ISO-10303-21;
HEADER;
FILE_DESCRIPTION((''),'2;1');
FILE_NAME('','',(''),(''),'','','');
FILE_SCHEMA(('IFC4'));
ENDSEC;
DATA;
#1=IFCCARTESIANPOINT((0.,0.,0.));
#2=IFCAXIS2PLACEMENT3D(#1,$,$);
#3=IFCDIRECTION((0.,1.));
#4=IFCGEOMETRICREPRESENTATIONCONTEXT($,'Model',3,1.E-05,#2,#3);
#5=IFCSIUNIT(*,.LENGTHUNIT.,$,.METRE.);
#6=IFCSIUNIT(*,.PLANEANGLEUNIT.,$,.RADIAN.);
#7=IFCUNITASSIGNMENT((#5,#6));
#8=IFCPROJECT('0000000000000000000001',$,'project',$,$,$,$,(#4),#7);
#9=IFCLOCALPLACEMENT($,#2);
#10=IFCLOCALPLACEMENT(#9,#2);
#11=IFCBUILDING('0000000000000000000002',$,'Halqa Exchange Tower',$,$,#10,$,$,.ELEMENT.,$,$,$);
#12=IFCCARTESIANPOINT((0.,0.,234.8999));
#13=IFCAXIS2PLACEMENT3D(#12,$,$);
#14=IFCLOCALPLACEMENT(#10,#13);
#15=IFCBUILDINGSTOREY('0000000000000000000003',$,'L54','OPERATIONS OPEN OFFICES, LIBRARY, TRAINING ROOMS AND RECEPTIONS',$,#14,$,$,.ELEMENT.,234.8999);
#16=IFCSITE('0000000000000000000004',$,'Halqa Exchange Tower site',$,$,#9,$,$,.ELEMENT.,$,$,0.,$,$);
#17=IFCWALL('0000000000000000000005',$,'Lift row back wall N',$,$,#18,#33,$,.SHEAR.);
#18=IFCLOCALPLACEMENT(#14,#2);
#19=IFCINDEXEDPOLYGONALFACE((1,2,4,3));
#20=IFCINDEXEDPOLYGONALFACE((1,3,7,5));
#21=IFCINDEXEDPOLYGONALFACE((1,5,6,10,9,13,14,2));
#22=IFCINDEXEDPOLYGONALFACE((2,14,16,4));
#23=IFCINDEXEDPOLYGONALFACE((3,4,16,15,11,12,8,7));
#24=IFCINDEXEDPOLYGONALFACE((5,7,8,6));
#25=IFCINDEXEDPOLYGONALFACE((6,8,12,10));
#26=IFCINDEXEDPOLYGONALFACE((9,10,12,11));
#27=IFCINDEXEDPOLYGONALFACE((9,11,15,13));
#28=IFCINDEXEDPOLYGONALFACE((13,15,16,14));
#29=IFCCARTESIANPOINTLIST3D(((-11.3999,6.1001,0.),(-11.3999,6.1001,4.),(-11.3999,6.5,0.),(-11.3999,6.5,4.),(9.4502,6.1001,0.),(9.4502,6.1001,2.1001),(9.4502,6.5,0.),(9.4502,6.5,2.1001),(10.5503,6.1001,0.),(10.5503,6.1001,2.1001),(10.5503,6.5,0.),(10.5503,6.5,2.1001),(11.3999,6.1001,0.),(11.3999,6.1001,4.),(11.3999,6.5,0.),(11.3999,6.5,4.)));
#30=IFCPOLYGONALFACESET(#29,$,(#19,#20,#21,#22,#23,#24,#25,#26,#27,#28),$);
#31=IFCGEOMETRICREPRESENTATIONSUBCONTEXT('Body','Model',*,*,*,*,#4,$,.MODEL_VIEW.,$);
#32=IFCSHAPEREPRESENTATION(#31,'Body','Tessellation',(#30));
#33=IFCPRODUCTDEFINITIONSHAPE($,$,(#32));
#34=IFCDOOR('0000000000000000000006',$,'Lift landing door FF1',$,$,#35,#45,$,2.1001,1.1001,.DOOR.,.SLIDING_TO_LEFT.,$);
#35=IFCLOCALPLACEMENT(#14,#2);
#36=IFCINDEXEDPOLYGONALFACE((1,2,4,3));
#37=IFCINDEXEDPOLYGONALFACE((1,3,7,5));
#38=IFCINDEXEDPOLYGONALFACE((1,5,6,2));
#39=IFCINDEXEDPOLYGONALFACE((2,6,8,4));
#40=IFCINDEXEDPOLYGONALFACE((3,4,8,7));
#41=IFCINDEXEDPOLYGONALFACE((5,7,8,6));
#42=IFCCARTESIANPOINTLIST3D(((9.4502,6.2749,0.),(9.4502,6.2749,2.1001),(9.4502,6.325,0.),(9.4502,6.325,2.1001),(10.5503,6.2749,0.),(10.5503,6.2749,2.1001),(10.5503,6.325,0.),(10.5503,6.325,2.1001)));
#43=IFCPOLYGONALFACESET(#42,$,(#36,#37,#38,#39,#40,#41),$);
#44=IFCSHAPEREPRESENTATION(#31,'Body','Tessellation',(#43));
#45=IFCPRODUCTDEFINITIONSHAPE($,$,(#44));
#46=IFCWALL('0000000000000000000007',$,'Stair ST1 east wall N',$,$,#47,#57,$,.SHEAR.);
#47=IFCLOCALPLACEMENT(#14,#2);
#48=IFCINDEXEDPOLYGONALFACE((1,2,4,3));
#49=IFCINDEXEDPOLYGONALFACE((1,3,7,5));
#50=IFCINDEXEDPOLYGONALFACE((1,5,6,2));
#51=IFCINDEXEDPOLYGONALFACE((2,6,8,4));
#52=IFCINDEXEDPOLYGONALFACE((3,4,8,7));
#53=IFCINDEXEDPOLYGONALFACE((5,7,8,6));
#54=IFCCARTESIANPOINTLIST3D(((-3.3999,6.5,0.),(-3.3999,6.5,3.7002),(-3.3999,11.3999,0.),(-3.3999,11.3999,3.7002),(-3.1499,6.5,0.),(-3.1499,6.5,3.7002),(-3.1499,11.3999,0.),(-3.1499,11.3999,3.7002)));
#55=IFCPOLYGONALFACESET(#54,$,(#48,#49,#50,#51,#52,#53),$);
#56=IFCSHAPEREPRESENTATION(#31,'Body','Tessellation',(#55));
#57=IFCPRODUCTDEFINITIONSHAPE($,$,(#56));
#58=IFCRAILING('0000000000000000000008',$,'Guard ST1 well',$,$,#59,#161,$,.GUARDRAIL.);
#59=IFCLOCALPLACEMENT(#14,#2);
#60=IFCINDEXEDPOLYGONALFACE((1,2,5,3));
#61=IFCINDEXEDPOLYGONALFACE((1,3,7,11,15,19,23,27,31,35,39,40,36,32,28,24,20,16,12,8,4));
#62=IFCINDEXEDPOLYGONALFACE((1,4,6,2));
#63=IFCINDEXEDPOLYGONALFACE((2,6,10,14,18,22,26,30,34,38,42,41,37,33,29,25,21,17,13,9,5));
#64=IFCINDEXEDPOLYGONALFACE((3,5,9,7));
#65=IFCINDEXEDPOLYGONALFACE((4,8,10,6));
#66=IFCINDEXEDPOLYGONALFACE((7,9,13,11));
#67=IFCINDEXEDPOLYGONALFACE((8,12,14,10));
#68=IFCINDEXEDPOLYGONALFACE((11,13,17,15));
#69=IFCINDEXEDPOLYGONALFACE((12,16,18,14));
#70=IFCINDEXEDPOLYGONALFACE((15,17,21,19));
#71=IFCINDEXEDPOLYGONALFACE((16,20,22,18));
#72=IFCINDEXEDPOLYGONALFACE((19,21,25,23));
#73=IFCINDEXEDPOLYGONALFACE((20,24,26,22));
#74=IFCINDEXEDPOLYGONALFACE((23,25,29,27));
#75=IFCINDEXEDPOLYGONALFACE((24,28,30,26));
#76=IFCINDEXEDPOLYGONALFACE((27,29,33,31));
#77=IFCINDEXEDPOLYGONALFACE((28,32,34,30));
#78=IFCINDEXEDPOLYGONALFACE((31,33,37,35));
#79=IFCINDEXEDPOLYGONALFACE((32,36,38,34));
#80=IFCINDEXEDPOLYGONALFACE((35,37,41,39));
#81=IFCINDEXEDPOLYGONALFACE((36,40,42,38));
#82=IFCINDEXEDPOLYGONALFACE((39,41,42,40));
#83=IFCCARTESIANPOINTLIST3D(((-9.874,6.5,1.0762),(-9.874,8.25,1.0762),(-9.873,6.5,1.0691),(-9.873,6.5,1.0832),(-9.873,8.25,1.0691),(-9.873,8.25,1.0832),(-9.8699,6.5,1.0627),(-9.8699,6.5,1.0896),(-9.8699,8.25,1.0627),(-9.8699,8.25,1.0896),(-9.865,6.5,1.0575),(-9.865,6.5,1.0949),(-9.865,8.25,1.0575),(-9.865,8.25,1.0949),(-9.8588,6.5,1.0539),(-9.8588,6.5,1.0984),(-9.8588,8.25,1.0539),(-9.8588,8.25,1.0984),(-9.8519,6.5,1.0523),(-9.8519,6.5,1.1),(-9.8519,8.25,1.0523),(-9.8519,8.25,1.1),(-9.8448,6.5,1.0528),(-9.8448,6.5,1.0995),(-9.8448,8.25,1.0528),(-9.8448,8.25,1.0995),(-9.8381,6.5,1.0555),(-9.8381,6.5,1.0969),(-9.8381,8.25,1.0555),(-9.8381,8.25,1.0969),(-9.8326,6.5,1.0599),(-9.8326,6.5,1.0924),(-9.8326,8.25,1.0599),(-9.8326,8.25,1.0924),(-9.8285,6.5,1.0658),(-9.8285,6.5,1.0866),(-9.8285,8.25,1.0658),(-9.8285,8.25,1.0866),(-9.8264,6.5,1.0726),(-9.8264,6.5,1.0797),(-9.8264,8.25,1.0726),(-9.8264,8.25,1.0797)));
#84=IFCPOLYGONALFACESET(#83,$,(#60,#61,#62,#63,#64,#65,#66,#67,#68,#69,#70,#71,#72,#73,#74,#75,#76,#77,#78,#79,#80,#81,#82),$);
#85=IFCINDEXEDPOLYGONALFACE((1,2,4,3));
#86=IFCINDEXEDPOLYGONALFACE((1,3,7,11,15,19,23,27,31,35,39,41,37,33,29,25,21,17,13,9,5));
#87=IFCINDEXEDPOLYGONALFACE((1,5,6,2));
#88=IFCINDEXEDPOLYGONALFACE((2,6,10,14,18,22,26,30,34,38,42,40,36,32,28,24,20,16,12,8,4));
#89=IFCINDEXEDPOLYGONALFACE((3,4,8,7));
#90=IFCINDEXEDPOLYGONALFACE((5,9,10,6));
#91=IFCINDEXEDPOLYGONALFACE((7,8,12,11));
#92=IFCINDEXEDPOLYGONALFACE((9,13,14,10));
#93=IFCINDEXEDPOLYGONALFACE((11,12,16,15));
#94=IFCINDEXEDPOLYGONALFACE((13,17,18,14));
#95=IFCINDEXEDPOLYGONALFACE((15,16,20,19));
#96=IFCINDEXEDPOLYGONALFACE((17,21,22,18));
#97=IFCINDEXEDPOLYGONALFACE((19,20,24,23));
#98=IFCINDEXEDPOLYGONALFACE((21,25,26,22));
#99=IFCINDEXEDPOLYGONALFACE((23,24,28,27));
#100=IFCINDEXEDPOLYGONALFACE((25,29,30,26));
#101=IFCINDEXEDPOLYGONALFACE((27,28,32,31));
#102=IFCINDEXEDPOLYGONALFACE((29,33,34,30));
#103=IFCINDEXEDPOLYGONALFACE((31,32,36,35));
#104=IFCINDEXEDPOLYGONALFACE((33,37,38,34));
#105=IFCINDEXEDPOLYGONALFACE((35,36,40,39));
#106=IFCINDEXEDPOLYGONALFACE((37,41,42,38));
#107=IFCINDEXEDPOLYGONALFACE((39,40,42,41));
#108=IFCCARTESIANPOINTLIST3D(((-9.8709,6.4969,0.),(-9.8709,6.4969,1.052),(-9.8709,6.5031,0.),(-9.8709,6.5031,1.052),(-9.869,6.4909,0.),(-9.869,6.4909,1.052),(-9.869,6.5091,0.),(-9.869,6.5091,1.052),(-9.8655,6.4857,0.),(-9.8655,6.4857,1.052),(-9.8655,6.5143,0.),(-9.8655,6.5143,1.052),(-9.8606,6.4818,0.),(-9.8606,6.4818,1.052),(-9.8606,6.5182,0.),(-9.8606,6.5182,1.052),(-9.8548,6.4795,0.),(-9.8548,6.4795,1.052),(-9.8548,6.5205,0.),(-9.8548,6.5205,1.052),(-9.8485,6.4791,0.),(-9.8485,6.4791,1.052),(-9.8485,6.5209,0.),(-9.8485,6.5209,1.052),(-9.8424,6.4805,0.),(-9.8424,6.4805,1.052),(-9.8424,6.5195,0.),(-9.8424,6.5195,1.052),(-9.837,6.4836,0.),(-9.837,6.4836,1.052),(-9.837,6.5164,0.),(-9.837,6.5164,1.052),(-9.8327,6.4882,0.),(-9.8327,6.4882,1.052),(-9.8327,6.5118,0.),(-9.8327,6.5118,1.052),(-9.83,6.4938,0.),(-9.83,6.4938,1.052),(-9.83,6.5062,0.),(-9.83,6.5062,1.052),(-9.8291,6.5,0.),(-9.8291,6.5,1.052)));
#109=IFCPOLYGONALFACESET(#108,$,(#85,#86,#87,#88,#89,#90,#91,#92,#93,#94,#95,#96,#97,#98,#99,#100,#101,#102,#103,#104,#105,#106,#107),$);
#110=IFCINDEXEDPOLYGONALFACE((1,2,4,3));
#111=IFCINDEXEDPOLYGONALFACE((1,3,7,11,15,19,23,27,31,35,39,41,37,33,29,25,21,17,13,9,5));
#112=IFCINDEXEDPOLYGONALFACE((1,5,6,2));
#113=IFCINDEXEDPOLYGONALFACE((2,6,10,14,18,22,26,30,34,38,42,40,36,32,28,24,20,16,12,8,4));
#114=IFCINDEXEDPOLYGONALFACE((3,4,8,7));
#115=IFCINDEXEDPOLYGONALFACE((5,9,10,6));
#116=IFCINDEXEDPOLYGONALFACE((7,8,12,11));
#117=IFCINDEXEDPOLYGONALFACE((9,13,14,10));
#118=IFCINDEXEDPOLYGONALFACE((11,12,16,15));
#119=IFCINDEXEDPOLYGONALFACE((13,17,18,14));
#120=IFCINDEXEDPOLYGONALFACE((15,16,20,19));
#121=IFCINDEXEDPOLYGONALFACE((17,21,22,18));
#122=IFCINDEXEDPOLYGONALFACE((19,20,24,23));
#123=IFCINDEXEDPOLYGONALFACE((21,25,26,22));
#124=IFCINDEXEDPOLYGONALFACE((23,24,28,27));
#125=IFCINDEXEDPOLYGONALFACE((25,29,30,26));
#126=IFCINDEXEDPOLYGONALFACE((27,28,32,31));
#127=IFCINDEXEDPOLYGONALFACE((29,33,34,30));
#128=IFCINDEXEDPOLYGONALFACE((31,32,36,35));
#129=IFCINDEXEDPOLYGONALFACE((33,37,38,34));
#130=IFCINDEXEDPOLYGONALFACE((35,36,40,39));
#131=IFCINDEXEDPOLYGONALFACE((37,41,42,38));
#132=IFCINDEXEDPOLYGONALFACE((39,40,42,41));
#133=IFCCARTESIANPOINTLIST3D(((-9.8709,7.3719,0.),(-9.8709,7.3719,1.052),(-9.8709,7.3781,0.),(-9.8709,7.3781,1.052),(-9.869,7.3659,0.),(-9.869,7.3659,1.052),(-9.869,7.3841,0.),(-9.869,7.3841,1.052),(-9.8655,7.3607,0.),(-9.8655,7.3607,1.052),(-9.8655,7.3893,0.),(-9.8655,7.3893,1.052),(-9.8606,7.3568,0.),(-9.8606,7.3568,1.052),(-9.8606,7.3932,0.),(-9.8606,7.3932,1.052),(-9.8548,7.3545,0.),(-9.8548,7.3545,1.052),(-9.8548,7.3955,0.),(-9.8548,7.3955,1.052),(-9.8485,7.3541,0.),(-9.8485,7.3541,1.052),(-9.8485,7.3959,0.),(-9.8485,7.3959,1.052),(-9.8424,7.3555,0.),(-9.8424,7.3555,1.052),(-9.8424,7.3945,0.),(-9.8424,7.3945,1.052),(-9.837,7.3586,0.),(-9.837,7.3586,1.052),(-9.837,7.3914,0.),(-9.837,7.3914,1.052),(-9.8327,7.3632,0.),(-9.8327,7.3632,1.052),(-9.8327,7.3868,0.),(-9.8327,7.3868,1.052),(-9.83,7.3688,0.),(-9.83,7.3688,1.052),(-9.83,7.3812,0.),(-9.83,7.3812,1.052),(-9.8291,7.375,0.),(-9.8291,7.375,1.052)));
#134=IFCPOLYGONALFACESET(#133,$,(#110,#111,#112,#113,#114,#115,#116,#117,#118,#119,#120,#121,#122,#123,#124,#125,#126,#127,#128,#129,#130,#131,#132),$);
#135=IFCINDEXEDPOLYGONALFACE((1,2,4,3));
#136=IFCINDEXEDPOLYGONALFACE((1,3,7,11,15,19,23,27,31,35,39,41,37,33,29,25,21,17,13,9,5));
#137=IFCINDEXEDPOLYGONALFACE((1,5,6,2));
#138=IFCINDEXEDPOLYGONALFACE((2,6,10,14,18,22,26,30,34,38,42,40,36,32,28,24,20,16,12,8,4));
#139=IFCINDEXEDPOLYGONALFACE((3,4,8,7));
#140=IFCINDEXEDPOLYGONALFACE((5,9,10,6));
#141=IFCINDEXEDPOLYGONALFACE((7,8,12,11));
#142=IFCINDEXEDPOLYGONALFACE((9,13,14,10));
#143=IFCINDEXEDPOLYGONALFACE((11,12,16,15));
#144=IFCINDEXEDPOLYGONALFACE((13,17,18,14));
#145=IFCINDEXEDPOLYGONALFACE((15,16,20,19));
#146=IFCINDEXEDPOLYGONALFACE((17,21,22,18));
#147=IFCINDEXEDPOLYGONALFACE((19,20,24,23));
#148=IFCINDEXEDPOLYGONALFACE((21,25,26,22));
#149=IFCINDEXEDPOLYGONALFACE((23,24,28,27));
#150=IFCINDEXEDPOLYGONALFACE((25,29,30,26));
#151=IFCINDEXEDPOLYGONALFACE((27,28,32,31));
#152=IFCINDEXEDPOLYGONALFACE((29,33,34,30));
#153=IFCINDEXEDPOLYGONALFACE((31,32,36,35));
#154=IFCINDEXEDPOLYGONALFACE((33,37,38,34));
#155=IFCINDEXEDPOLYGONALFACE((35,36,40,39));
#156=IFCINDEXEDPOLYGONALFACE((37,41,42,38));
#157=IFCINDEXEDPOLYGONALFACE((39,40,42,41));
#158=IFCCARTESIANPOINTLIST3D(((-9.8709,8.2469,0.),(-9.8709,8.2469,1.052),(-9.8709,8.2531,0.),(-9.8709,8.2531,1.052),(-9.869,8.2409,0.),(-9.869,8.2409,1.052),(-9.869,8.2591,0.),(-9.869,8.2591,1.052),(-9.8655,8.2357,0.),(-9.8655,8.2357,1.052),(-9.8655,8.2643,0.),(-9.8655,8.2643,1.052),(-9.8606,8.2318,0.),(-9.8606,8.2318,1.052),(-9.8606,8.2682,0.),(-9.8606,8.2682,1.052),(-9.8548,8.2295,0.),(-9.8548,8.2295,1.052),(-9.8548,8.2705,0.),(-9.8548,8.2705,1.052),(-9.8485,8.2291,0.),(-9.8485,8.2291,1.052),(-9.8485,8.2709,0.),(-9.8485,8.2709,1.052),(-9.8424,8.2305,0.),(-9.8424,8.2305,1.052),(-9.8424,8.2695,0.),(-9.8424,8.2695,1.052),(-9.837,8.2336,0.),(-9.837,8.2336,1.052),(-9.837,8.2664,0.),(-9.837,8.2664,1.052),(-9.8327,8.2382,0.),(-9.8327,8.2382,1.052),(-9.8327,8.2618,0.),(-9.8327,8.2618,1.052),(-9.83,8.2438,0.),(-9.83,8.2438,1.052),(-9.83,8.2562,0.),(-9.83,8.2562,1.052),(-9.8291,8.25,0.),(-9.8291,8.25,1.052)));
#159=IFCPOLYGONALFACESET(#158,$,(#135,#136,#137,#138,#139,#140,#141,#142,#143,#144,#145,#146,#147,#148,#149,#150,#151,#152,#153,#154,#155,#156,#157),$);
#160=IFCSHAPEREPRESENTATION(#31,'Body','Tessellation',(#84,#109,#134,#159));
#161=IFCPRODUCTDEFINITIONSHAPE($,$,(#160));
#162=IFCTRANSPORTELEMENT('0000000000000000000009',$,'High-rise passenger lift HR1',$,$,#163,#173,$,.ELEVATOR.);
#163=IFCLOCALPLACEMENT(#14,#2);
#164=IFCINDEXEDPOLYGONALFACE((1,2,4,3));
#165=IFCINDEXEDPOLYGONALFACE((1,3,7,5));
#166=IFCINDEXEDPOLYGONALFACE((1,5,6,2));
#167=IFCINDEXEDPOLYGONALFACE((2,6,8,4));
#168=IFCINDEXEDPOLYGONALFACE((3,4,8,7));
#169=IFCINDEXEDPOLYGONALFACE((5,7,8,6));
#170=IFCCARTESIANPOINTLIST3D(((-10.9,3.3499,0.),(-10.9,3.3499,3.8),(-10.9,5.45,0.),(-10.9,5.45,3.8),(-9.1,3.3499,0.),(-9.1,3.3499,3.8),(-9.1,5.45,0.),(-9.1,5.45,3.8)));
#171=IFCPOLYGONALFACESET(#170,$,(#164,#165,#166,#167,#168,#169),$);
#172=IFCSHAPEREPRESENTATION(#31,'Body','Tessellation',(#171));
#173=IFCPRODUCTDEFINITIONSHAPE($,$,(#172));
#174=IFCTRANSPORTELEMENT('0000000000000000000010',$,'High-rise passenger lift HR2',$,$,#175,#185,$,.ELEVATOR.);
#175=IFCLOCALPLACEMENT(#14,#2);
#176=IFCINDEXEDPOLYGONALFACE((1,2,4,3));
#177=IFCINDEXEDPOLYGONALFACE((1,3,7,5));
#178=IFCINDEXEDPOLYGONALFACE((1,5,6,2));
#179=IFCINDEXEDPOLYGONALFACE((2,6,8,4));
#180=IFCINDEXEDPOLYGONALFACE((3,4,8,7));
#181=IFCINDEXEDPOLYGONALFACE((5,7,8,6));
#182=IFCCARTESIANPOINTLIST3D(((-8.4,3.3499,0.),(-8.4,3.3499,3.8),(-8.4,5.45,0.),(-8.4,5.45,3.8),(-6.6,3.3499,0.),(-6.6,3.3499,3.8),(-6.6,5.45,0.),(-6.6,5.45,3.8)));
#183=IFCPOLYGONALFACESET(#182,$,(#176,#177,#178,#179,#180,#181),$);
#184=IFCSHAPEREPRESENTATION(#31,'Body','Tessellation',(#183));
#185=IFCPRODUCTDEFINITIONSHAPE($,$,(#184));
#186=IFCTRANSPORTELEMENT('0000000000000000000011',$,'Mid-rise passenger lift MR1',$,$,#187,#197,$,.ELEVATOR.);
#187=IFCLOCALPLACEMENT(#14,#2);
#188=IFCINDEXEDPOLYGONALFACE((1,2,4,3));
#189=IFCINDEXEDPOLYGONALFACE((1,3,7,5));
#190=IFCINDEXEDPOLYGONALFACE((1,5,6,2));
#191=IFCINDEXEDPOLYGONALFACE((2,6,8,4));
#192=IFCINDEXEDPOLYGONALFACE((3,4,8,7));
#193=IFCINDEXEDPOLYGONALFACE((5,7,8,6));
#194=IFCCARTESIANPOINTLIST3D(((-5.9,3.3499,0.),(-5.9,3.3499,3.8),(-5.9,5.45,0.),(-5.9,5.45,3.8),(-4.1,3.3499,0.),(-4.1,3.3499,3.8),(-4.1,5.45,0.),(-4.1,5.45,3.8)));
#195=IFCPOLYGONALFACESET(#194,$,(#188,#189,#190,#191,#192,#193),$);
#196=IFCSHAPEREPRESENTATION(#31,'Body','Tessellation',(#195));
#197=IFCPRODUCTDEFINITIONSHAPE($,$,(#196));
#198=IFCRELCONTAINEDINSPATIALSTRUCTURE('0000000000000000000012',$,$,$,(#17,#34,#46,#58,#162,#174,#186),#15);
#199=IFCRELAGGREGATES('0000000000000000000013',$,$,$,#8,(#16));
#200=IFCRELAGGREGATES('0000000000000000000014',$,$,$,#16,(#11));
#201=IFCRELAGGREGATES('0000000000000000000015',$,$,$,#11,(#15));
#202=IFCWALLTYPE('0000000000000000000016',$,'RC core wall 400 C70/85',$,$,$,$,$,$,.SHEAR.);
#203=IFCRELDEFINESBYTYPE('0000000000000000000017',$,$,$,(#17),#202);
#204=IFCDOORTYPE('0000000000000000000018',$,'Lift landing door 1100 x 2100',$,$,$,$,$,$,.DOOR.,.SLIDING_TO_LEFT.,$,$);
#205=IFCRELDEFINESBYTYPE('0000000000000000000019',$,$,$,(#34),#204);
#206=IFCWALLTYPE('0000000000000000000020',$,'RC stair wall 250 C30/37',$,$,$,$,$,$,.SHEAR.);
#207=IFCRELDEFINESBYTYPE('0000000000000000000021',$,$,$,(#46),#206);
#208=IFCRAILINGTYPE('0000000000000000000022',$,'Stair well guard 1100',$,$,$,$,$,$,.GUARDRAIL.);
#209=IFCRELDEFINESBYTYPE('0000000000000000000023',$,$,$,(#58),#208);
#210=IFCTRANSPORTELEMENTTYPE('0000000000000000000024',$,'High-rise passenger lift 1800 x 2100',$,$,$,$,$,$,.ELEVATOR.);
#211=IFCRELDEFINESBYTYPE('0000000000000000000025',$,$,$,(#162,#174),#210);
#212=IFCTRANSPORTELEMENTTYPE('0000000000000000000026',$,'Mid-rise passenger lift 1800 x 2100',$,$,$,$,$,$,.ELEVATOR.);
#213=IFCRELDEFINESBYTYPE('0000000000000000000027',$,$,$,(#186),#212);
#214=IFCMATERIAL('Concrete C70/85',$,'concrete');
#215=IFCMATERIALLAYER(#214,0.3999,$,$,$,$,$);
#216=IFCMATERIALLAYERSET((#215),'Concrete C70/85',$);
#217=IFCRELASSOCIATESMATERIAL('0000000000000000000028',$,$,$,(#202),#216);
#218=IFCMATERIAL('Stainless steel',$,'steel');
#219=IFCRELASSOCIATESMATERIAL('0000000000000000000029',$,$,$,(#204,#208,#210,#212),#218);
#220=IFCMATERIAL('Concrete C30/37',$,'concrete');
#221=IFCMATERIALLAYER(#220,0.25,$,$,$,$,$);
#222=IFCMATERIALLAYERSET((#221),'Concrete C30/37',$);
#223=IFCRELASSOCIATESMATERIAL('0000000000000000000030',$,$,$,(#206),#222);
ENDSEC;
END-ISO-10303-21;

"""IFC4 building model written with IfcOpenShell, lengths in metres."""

from ifc_helpers import new_model, si_unit, direction, frame, frame_2d, origin, origin_2d, place, context, subcontext, project, spatial, rectangle, circle, extrude, material, layer, layer_set, type_object, element, fill, save


model = new_model("IFC4")

# Units and contexts
model_context = context("Model", 3, precision=1e-05, world=origin(), true_north=direction((0.0, 1.0)))
body_context = subcontext(model_context, "Body", "Model", "MODEL_VIEW")
ifc_project = project(units=[si_unit("LENGTHUNIT", "METRE"), si_unit("PLANEANGLEUNIT", "RADIAN")], contexts=[model_context])

# Site, building, storey
site_placement = place(None, origin())
site = spatial("IfcSite", under=ifc_project, at=site_placement, Name="Halqa Exchange Tower site", CompositionType="ELEMENT", RefElevation=0.0)
building_placement = place(site_placement, origin())
building = spatial("IfcBuilding", under=site, at=building_placement, Name="Halqa Exchange Tower", CompositionType="ELEMENT")
storey_placement = place(building_placement, frame((0.0, 0.0, 234.8999)))
storey = spatial("IfcBuildingStorey", under=building, at=storey_placement, Name="L54", Description="OPERATIONS OPEN OFFICES, LIBRARY, TRAINING ROOMS AND RECEPTIONS", CompositionType="ELEMENT", Elevation=234.8999)

# Shared definitions
ifc_material_1 = material(Name="Concrete C70/85", Category="concrete")
ifc_layer_1 = layer(ifc_material_1, 0.3999)
ifc_layer_set_1 = layer_set([ifc_layer_1], Name="Concrete C70/85")
wall_type_1 = type_object("IfcWallType", Name="RC core wall 400 C70/85", PredefinedType="SHEAR", material=ifc_layer_set_1)
ifc_material_2 = material(Name="Stainless steel", Category="steel")
door_type_1 = type_object("IfcDoorType", Name="Lift landing door 1100 x 2100", OperationType="SLIDING_TO_LEFT", PredefinedType="DOOR", material=ifc_material_2)

# Wall, opening, door
wall_1_placement = place(storey_placement, frame((-11.3999, 6.3, 0.0), z_axis=(0.0, 0.0, 1.0), x_axis=(1.0, 0.0, 0.0)))
wall_1 = element("IfcWall", 1, at=wall_1_placement, inside=storey, type_object=wall_type_1, Name="Lift row back wall N", PredefinedType="SHEAR", context=body_context, shape_type="SweptSolid", body=[
    extrude(rectangle(XDim=22.7998, YDim=0.3999, at=frame_2d((11.3999, 0.0))), origin(), (0.0, 0.0, 1.0), 4.0),
])
opening_1_placement = place(wall_1_placement, frame((20.8501, 0.0, 0.0)))
opening_1 = element("IfcOpeningElement", 2, at=opening_1_placement, cuts=wall_1, PredefinedType="OPENING", context=body_context, shape_type="SweptSolid", body=[
    extrude(rectangle(XDim=1.1001, YDim=2.1001, at=frame_2d((0.55, 1.05))), frame((0.0, 0.2119, 0.0), z_axis=(0.0, -1.0, 0.0), x_axis=(1.0, 0.0, 0.0)), (0.0, 0.0, 1.0), 0.4238),
])
door_1_placement = place(opening_1_placement, origin())
door_1 = element("IfcDoor", 3, at=door_1_placement, inside=storey, type_object=door_type_1, Name="Lift landing door FF1", OperationType="SLIDING_TO_LEFT", OverallHeight=2.1001, OverallWidth=1.1001, PredefinedType="DOOR", context=body_context, shape_type="SweptSolid", body=[
    extrude(rectangle(XDim=1.1001, YDim=2.1001, at=frame_2d((0.55, 1.05))), frame((0.0, 0.0249, 0.0), z_axis=(0.0, -1.0, 0.0), x_axis=(1.0, 0.0, 0.0)), (0.0, 0.0, 1.0), 0.05),
])
fill(opening_1, door_1)

# Wall
ifc_material_3 = material(Name="Concrete C30/37", Category="concrete")
ifc_layer_2 = layer(ifc_material_3, 0.25)
ifc_layer_set_2 = layer_set([ifc_layer_2], Name="Concrete C30/37")
wall_type_2 = type_object("IfcWallType", Name="RC stair wall 250 C30/37", PredefinedType="SHEAR", material=ifc_layer_set_2)
wall_2_placement = place(storey_placement, frame((-3.2749, 6.5, 0.0), z_axis=(0.0, 0.0, 1.0), x_axis=(0.0, 1.0, 0.0)))
element("IfcWall", 4, at=wall_2_placement, inside=storey, type_object=wall_type_2, Name="Stair ST1 east wall N", PredefinedType="SHEAR", context=body_context, shape_type="SweptSolid", body=[
    extrude(rectangle(XDim=4.8999, YDim=0.25, at=frame_2d((2.45, 0.0))), origin(), (0.0, 0.0, 1.0), 3.7002),
])

# Railing
railing_type = type_object("IfcRailingType", Name="Stair well guard 1100", PredefinedType="GUARDRAIL", material=ifc_material_2)
railing_placement = place(storey_placement, frame((-9.8501, 6.5, 0.0)))
element("IfcRailing", 5, at=railing_placement, inside=storey, type_object=railing_type, Name="Guard ST1 well", PredefinedType="GUARDRAIL", context=body_context, shape_type="SweptSolid", body=[
    extrude(circle(Radius=0.0239, at=origin_2d()), frame((0.0, 0.0, 1.0762), z_axis=(0.0, 1.0, 0.0), x_axis=(-1.0, 0.0, 0.0)), (0.0, 0.0, 1.0), 1.75),
    extrude(circle(Radius=0.021, at=origin_2d()), origin(), (0.0, 0.0, 1.0), 1.052),
    extrude(circle(Radius=0.021, at=origin_2d()), frame((0.0, 0.875, 0.0)), (0.0, 0.0, 1.0), 1.052),
    extrude(circle(Radius=0.021, at=origin_2d()), frame((0.0, 1.75, 0.0)), (0.0, 0.0, 1.0), 1.052),
])

# Transport elements
transport_element_type_1 = type_object("IfcTransportElementType", Name="High-rise passenger lift 1800 x 2100", PredefinedType="ELEVATOR", material=ifc_material_2)
for number, where, z_axis, x_axis, name in (
    (6, (-10.0, 4.3999, 0.0), (0.0, 0.0, 1.0), (1.0, 0.0, 0.0), "High-rise passenger lift HR1"),
    (7, (-7.5, 4.3999, 0.0), (0.0, 0.0, 1.0), (1.0, 0.0, 0.0), "High-rise passenger lift HR2"),
):
    element("IfcTransportElement", number, at=place(storey_placement, frame(where, z_axis=z_axis, x_axis=x_axis)), inside=storey, type_object=transport_element_type_1, Name=name, PredefinedType="ELEVATOR", context=body_context, shape_type="SweptSolid", body=[
        extrude(rectangle(XDim=1.8, YDim=2.1001, at=origin_2d()), origin(), (0.0, 0.0, 1.0), 3.8),
    ])
transport_element_type_2 = type_object("IfcTransportElementType", Name="Mid-rise passenger lift 1800 x 2100", PredefinedType="ELEVATOR", material=ifc_material_2)
for number, where, z_axis, x_axis, name in (
    (8, (-5.0, 4.3999, 0.0), (0.0, 0.0, 1.0), (1.0, 0.0, 0.0), "Mid-rise passenger lift MR1"),
):
    element("IfcTransportElement", number, at=place(storey_placement, frame(where, z_axis=z_axis, x_axis=x_axis)), inside=storey, type_object=transport_element_type_2, Name=name, PredefinedType="ELEVATOR", context=body_context, shape_type="SweptSolid", body=[
        extrude(rectangle(XDim=1.8, YDim=2.1001, at=origin_2d()), origin(), (0.0, 0.0, 1.0), 3.8),
    ])

save(model, "model.ifc")
